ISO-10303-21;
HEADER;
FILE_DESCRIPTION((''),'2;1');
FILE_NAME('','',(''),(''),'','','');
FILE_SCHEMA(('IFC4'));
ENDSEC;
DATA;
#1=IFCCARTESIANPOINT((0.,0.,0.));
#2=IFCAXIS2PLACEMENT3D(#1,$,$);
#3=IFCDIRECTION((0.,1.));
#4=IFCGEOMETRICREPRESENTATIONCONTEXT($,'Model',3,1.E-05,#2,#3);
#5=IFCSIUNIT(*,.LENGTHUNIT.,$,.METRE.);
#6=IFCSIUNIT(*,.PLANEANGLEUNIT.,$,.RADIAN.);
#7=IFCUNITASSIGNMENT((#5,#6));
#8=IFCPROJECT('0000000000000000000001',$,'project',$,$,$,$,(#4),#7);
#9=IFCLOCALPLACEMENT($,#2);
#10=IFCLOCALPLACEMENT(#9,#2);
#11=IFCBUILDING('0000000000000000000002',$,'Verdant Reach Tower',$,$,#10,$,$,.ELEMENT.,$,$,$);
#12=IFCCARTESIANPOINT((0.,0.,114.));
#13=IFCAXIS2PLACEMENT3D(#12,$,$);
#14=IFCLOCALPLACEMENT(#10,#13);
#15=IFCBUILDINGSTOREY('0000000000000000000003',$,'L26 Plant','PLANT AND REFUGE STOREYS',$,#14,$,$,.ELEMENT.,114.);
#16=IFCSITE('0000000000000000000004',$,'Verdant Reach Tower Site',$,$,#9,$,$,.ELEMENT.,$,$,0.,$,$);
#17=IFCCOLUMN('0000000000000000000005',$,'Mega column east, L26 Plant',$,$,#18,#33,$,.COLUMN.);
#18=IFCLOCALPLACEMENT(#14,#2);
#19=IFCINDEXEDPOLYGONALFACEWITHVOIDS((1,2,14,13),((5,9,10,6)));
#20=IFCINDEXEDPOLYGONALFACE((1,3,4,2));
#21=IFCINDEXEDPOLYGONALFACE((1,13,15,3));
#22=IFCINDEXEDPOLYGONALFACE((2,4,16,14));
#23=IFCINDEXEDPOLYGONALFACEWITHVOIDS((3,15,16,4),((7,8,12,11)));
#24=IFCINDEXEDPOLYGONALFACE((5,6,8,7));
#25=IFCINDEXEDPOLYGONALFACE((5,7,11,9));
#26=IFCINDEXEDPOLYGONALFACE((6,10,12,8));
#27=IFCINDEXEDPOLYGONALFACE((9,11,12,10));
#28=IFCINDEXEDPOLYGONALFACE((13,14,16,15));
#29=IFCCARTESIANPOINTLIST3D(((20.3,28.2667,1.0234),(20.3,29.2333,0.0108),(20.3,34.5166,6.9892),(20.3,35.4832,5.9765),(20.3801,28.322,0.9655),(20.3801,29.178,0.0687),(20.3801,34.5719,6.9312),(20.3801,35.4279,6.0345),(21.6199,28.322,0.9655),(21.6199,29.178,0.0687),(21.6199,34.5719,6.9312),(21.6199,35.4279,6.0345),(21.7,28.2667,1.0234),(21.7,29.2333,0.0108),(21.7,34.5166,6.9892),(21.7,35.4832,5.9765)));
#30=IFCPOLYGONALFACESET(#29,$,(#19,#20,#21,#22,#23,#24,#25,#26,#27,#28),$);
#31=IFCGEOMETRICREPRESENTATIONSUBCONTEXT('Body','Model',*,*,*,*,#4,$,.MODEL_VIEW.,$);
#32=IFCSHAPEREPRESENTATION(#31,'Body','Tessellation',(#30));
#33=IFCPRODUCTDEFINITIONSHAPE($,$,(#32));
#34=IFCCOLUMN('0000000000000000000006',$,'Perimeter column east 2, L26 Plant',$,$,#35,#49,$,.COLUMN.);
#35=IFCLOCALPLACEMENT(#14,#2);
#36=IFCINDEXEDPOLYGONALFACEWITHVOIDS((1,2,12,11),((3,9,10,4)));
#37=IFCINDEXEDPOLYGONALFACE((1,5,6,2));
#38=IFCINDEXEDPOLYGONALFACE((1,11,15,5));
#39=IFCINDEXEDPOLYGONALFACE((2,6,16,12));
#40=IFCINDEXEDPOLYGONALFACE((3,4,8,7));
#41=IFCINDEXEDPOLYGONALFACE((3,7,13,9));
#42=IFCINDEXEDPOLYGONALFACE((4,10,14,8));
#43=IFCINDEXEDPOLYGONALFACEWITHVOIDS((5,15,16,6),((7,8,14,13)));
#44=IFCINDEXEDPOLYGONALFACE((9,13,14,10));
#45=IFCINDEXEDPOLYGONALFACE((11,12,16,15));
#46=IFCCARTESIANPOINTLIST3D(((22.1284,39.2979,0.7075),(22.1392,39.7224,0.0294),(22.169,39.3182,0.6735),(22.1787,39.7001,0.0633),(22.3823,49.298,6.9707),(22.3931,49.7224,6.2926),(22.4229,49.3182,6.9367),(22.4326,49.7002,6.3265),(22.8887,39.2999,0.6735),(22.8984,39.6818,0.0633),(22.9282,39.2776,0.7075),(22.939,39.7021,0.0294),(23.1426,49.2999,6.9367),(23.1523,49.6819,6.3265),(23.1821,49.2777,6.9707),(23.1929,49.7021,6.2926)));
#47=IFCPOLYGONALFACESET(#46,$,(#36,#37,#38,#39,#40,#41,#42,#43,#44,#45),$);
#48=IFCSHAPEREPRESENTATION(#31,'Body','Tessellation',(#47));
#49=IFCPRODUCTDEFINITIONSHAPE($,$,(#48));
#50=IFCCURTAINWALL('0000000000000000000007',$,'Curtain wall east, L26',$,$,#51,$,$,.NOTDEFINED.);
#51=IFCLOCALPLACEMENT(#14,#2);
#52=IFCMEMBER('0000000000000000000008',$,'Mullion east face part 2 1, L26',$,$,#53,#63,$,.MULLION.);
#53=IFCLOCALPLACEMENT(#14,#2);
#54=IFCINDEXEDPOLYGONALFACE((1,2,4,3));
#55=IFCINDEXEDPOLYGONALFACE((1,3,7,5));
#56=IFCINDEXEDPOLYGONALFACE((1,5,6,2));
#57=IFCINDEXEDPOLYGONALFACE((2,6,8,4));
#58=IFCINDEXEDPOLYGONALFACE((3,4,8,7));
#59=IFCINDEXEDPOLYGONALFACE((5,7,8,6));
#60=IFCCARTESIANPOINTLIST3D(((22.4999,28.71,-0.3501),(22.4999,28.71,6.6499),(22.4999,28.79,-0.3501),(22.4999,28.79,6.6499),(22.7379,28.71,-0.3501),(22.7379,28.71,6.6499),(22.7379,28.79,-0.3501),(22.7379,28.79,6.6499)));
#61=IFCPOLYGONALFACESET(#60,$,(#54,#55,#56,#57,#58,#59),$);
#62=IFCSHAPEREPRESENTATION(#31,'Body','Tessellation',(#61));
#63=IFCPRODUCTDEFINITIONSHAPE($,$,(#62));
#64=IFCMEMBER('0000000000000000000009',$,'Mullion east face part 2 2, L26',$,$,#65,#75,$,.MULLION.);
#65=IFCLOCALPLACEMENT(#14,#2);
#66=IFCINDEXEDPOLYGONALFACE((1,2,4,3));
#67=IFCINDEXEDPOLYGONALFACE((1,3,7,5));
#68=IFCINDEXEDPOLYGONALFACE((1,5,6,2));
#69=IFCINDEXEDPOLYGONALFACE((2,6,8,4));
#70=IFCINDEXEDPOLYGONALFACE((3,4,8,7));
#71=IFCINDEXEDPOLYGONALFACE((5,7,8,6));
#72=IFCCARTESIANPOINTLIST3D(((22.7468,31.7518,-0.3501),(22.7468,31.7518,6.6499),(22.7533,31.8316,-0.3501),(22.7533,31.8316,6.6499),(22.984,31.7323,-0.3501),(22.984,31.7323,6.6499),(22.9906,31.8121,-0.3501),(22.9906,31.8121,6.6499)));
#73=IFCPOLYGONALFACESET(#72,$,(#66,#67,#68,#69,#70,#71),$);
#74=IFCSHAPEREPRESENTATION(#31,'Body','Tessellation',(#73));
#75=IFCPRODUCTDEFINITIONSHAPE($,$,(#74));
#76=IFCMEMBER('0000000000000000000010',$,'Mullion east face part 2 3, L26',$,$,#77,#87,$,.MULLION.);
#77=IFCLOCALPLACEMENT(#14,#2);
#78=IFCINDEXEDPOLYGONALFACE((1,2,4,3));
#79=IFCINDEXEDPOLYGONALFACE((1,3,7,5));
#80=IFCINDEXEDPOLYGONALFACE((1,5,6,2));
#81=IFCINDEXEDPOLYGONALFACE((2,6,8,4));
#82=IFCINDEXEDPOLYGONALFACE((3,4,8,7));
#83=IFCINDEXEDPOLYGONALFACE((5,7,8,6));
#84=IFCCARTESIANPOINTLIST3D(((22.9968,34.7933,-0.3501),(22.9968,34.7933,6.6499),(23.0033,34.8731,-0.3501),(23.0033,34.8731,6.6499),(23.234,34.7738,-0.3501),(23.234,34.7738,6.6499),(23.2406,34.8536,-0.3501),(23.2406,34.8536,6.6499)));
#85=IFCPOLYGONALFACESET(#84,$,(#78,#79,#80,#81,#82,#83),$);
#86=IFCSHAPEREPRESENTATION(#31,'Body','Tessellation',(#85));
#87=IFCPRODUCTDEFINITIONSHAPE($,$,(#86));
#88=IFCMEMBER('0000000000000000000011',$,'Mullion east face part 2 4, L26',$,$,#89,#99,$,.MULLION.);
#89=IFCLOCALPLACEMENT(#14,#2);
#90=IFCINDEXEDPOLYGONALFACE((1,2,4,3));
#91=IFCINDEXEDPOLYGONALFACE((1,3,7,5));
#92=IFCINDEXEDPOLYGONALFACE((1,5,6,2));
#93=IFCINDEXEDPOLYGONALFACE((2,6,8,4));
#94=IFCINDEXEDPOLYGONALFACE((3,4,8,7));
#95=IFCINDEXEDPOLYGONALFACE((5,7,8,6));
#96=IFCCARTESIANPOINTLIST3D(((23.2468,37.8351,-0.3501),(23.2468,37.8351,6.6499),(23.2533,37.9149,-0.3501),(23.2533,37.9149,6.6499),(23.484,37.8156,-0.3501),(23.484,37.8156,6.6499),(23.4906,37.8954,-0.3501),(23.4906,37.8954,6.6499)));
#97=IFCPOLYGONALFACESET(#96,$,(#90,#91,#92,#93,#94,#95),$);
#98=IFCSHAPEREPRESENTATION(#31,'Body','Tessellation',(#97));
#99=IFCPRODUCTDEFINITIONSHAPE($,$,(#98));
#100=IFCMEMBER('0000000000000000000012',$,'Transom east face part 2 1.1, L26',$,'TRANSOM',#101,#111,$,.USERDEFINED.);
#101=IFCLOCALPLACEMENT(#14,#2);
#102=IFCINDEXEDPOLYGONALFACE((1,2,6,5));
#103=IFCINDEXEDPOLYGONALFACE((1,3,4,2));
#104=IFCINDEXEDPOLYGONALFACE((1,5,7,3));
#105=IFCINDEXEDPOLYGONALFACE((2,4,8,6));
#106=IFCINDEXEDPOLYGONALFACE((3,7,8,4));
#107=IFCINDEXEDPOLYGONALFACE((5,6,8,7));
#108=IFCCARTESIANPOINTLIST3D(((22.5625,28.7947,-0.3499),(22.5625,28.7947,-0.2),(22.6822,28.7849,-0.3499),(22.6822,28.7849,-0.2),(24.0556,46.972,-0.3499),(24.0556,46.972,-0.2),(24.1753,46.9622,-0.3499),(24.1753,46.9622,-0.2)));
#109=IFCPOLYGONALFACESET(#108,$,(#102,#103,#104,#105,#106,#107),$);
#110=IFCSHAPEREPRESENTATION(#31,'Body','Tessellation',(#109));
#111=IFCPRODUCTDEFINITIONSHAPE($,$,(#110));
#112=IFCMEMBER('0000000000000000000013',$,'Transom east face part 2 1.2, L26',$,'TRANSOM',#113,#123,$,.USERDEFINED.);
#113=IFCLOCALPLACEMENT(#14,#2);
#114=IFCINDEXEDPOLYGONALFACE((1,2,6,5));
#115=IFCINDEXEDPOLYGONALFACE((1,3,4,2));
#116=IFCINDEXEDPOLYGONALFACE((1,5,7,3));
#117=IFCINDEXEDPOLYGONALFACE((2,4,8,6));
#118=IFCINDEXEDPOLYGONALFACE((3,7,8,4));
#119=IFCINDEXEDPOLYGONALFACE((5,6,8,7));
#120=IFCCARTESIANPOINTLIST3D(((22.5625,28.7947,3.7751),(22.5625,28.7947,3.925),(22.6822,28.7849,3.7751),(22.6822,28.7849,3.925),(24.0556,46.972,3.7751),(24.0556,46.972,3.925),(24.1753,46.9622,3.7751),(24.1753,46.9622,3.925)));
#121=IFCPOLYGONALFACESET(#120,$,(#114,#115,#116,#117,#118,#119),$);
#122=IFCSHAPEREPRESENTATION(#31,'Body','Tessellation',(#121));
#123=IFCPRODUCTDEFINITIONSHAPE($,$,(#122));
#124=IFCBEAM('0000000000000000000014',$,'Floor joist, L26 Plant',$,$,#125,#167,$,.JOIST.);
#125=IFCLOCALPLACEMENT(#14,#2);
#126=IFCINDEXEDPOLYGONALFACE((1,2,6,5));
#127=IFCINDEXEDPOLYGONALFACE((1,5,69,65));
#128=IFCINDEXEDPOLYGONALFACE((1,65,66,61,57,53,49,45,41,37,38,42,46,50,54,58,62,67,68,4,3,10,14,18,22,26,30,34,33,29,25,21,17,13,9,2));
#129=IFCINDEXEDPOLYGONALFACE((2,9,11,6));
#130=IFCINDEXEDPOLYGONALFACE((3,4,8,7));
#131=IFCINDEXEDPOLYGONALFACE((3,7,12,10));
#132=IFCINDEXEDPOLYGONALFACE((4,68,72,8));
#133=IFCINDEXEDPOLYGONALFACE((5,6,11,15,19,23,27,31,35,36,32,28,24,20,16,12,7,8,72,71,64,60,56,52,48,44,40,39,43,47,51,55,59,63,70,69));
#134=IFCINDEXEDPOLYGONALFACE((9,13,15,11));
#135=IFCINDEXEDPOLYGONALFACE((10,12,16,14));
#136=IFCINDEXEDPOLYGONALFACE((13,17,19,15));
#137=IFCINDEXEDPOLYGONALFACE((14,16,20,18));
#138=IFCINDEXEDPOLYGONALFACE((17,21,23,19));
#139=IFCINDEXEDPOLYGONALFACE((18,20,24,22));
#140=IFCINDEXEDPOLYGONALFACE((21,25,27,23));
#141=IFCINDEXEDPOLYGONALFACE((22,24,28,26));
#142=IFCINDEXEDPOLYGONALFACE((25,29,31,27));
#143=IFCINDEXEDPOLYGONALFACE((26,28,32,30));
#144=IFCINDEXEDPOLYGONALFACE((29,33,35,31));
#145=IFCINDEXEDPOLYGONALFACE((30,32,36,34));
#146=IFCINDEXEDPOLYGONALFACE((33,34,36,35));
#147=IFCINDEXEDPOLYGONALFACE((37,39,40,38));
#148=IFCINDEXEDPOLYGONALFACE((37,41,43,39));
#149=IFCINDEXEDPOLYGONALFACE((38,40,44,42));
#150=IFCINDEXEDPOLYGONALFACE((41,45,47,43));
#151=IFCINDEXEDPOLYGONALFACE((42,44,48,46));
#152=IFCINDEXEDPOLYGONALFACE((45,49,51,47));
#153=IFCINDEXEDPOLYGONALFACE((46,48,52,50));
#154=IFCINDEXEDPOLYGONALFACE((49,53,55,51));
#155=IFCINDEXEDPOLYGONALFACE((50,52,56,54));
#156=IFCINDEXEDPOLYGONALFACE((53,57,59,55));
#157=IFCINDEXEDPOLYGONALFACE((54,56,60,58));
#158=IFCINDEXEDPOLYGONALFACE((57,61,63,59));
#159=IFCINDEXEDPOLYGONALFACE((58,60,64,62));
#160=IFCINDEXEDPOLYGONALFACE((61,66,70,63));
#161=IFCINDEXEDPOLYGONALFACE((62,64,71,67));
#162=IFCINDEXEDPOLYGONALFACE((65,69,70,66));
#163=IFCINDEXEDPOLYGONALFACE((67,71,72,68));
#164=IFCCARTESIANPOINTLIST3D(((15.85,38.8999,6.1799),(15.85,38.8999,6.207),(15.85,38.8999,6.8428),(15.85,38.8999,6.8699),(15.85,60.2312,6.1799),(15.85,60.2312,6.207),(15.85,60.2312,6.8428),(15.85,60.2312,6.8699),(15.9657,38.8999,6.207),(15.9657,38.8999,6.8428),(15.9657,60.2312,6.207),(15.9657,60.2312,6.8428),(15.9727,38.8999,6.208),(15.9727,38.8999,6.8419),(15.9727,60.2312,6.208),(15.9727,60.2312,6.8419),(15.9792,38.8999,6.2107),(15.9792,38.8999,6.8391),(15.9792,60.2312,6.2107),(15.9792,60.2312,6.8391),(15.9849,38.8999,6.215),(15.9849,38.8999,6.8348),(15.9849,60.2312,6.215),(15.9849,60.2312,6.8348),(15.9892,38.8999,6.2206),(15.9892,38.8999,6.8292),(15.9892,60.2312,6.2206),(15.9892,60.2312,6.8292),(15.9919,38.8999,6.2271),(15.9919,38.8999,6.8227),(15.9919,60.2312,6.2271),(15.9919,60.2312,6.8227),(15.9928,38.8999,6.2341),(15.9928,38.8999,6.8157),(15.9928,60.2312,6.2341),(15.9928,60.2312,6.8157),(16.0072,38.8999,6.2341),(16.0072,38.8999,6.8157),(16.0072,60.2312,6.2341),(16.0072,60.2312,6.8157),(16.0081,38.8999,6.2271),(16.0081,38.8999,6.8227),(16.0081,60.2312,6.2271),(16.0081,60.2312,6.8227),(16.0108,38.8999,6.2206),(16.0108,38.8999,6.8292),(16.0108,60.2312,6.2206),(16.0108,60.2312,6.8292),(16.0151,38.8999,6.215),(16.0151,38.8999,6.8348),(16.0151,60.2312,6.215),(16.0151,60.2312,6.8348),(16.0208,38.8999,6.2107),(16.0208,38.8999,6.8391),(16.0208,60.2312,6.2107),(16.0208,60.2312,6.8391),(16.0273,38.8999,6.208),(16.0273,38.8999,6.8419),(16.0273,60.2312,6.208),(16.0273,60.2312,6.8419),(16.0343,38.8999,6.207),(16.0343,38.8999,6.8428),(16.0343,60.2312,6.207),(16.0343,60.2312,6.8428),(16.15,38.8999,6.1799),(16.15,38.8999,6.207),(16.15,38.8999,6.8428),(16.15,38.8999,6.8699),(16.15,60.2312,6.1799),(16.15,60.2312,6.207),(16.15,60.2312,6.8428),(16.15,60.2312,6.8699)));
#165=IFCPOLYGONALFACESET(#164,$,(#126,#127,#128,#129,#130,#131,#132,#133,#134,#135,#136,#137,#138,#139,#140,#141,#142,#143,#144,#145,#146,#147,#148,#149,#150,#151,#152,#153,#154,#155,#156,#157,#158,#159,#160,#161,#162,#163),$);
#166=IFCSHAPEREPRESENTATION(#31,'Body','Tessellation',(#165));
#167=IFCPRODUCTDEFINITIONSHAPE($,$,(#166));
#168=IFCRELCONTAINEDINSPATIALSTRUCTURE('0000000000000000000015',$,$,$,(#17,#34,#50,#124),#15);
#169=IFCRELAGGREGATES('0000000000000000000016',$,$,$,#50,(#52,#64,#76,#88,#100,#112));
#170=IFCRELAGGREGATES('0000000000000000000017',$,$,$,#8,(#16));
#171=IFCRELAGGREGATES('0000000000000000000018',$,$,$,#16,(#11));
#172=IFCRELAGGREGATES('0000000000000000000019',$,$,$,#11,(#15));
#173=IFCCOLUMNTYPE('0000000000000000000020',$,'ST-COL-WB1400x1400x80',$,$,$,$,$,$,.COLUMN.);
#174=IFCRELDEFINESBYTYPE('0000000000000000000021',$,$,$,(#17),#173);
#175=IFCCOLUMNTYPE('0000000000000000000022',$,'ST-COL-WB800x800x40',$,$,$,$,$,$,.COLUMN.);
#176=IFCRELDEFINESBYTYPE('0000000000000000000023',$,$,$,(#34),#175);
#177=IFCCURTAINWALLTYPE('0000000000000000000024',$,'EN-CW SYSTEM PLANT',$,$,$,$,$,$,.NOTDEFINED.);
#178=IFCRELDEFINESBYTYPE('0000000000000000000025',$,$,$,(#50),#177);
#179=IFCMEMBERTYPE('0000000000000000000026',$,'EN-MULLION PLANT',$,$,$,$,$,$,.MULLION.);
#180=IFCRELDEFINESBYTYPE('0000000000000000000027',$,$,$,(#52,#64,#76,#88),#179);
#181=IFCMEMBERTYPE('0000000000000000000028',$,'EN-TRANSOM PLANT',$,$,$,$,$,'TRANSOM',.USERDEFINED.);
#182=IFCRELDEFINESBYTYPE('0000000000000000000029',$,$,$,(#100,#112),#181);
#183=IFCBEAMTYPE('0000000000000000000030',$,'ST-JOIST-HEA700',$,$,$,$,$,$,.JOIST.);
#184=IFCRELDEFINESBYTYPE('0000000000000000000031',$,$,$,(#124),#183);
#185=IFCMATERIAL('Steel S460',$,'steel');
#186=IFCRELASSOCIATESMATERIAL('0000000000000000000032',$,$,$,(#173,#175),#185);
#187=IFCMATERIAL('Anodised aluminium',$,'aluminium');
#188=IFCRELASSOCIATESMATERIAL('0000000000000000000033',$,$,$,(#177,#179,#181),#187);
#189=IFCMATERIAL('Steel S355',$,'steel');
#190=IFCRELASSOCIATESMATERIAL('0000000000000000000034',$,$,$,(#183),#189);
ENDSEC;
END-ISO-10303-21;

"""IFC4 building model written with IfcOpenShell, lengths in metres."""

from ifc_helpers import new_model, si_unit, direction, frame, origin, origin_2d, place, context, subcontext, project, spatial, rectangle, hollow_rectangle, i_section, extrude, material, material_profile, profile_set, type_object, element, aggregate, save


model = new_model("IFC4")

# Units and contexts
model_context = context("Model", 3, precision=1e-05, world=origin(), true_north=direction((0.0, 1.0)))
body_context = subcontext(model_context, "Body", "Model", "MODEL_VIEW")
ifc_project = project(units=[si_unit("LENGTHUNIT", "METRE"), si_unit("PLANEANGLEUNIT", "RADIAN")], contexts=[model_context])

# Site, building, storey
site_placement = place(None, origin())
site = spatial("IfcSite", under=ifc_project, at=site_placement, Name="Verdant Reach Tower Site", CompositionType="ELEMENT", RefElevation=0.0)
building_placement = place(site_placement, origin())
building = spatial("IfcBuilding", under=site, at=building_placement, Name="Verdant Reach Tower", CompositionType="ELEMENT")
storey_placement = place(building_placement, frame((0.0, 0.0, 114.0)))
storey = spatial("IfcBuildingStorey", under=building, at=storey_placement, Name="L26 Plant", Description="PLANT AND REFUGE STOREYS", CompositionType="ELEMENT", Elevation=114.0)

# Columns
ifc_material_1 = material(Name="Steel S460", Category="steel")
ifc_material_profile_1 = material_profile(ifc_material_1, hollow_rectangle(XDim=1.3999, YDim=1.3999, WallThickness=0.0801, at=origin_2d()), Name="WB 1400x1400x80")
ifc_profile_set_1 = profile_set([ifc_material_profile_1], Name="Steel S460")
column_type_1 = type_object("IfcColumnType", Name="ST-COL-WB1400x1400x80", PredefinedType="COLUMN", material=ifc_profile_set_1)
column_1_placement = place(storey_placement, frame((21.0, 28.75, 0.5171), z_axis=(0.0, 0.723361, 0.69047), x_axis=(-1.0, 0.0, 0.0)))
element("IfcColumn", 1, at=column_1_placement, inside=storey, type_object=column_type_1, Name="Mega column east, L26 Plant", PredefinedType="COLUMN", context=body_context, shape_type="SweptSolid", body=[
    extrude(hollow_rectangle(XDim=1.3999, YDim=1.3999, WallThickness=0.0801, at=origin_2d()), origin(), (0.0, 0.0, 1.0), 8.6401),
])
ifc_material_profile_2 = material_profile(ifc_material_1, hollow_rectangle(XDim=0.8, YDim=0.8, WallThickness=0.04, at=origin_2d()), Name="WB 800x800x40")
ifc_profile_set_2 = profile_set([ifc_material_profile_2], Name="Steel S460")
column_type_2 = type_object("IfcColumnType", Name="ST-COL-WB800x800x40", PredefinedType="COLUMN", material=ifc_profile_set_2)
column_2_placement = place(storey_placement, frame((22.5337, 39.5, 0.3684), z_axis=(0.021513, 0.8473, 0.530679), x_axis=(-0.999678, 0.025382, 0.0)))
element("IfcColumn", 2, at=column_2_placement, inside=storey, type_object=column_type_2, Name="Perimeter column east 2, L26 Plant", PredefinedType="COLUMN", context=body_context, shape_type="SweptSolid", body=[
    extrude(hollow_rectangle(XDim=0.8, YDim=0.8, WallThickness=0.04, at=origin_2d()), origin(), (0.0, 0.0, 1.0), 11.8022),
])

# Curtain wall, members
ifc_material_2 = material(Name="Anodised aluminium", Category="aluminium")
curtain_wall_type = type_object("IfcCurtainWallType", Name="EN-CW SYSTEM PLANT", PredefinedType="NOTDEFINED", material=ifc_material_2)
curtain_wall_placement = place(storey_placement, origin())
curtain_wall = element("IfcCurtainWall", 3, at=curtain_wall_placement, inside=storey, type_object=curtain_wall_type, Name="Curtain wall east, L26", PredefinedType="NOTDEFINED")
ifc_material_profile_3 = material_profile(ifc_material_2, rectangle(XDim=0.238, YDim=0.0801, at=origin_2d()), Name="Mullion 80x240")
ifc_profile_set_3 = profile_set([ifc_material_profile_3], Name="Anodised aluminium")
member_type_1 = type_object("IfcMemberType", Name="EN-MULLION PLANT", PredefinedType="MULLION", material=ifc_profile_set_3)
member_1_placement = place(storey_placement, frame((22.6189, 28.75, -0.3501), z_axis=(0.0, 0.0, 1.0), x_axis=(1.0, 0.0, 0.0)))
member_1 = element("IfcMember", 4, at=member_1_placement, type_object=member_type_1, Name="Mullion east face part 2 1, L26", PredefinedType="MULLION", context=body_context, shape_type="SweptSolid", body=[
    extrude(rectangle(XDim=0.238, YDim=0.0801, at=origin_2d()), origin(), (0.0, 0.0, 1.0), 7.0),
])
member_2_placement = place(storey_placement, frame((22.8687, 31.782, -0.3501), z_axis=(0.0, 0.0, 1.0), x_axis=(0.996639, -0.081916, 0.0)))
member_2 = element("IfcMember", 5, at=member_2_placement, type_object=member_type_1, Name="Mullion east face part 2 2, L26", PredefinedType="MULLION", context=body_context, shape_type="SweptSolid", body=[
    extrude(rectangle(XDim=0.238, YDim=0.0801, at=origin_2d()), origin(), (0.0, 0.0, 1.0), 7.0),
])
member_3_placement = place(storey_placement, frame((23.1187, 34.8235, -0.3501), z_axis=(0.0, 0.0, 1.0), x_axis=(0.996639, -0.081916, 0.0)))
member_3 = element("IfcMember", 6, at=member_3_placement, type_object=member_type_1, Name="Mullion east face part 2 3, L26", PredefinedType="MULLION", context=body_context, shape_type="SweptSolid", body=[
    extrude(rectangle(XDim=0.238, YDim=0.0801, at=origin_2d()), origin(), (0.0, 0.0, 1.0), 7.0),
])
member_4_placement = place(storey_placement, frame((23.3687, 37.8652, -0.3501), z_axis=(0.0, 0.0, 1.0), x_axis=(0.996639, -0.081916, 0.0)))
member_4 = element("IfcMember", 7, at=member_4_placement, type_object=member_type_1, Name="Mullion east face part 2 4, L26", PredefinedType="MULLION", context=body_context, shape_type="SweptSolid", body=[
    extrude(rectangle(XDim=0.238, YDim=0.0801, at=origin_2d()), origin(), (0.0, 0.0, 1.0), 7.0),
])
ifc_material_profile_4 = material_profile(ifc_material_2, rectangle(XDim=0.1201, YDim=0.1499, at=origin_2d()), Name="Transom 150x120")
ifc_profile_set_4 = profile_set([ifc_material_profile_4], Name="Anodised aluminium")
member_type_2 = type_object("IfcMemberType", Name="EN-TRANSOM PLANT", ElementType="TRANSOM", PredefinedType="USERDEFINED", material=ifc_profile_set_4)
member_5_placement = place(storey_placement, frame((22.6223, 28.7898, -0.2749), z_axis=(0.081869, 0.996643, 0.0), x_axis=(-0.996643, 0.081869, 0.0)))
member_5 = element("IfcMember", 8, at=member_5_placement, type_object=member_type_2, Name="Transom east face part 2 1.1, L26", ObjectType="TRANSOM", PredefinedType="USERDEFINED", context=body_context, shape_type="SweptSolid", body=[
    extrude(rectangle(XDim=0.1201, YDim=0.1499, at=origin_2d()), origin(), (0.0, 0.0, 1.0), 18.2385),
])
member_6_placement = place(storey_placement, frame((22.6223, 28.7898, 3.8501), z_axis=(0.081869, 0.996643, 0.0), x_axis=(-0.996643, 0.081869, 0.0)))
member_6 = element("IfcMember", 9, at=member_6_placement, type_object=member_type_2, Name="Transom east face part 2 1.2, L26", ObjectType="TRANSOM", PredefinedType="USERDEFINED", context=body_context, shape_type="SweptSolid", body=[
    extrude(rectangle(XDim=0.1201, YDim=0.1499, at=origin_2d()), origin(), (0.0, 0.0, 1.0), 18.2385),
])

# Beam
ifc_material_3 = material(Name="Steel S355", Category="steel")
ifc_material_profile_5 = material_profile(ifc_material_3, i_section(OverallWidth=0.3, OverallDepth=0.6899, WebThickness=0.0144, FlangeThickness=0.0271, FilletRadius=0.0271, at=origin_2d()), Name="HEA 700")
ifc_profile_set_5 = profile_set([ifc_material_profile_5], Name="Steel S355")
beam_type_1 = type_object("IfcBeamType", Name="ST-JOIST-HEA700", PredefinedType="JOIST", material=ifc_profile_set_5)
beam_1_placement = place(storey_placement, frame((16.0, 38.8999, 6.5249), z_axis=(0.0, 1.0, 0.0), x_axis=(-1.0, 0.0, 0.0)))
element("IfcBeam", 10, at=beam_1_placement, inside=storey, type_object=beam_type_1, Name="Floor joist, L26 Plant", PredefinedType="JOIST", context=body_context, shape_type="SweptSolid", body=[
    extrude(i_section(OverallWidth=0.3, OverallDepth=0.6899, WebThickness=0.0144, FlangeThickness=0.0271, FilletRadius=0.0271, at=origin_2d()), origin(), (0.0, 0.0, 1.0), 21.3313),
])

aggregate(curtain_wall, [member_1, member_2, member_3, member_4, member_5, member_6])

save(model, "model.ifc")
